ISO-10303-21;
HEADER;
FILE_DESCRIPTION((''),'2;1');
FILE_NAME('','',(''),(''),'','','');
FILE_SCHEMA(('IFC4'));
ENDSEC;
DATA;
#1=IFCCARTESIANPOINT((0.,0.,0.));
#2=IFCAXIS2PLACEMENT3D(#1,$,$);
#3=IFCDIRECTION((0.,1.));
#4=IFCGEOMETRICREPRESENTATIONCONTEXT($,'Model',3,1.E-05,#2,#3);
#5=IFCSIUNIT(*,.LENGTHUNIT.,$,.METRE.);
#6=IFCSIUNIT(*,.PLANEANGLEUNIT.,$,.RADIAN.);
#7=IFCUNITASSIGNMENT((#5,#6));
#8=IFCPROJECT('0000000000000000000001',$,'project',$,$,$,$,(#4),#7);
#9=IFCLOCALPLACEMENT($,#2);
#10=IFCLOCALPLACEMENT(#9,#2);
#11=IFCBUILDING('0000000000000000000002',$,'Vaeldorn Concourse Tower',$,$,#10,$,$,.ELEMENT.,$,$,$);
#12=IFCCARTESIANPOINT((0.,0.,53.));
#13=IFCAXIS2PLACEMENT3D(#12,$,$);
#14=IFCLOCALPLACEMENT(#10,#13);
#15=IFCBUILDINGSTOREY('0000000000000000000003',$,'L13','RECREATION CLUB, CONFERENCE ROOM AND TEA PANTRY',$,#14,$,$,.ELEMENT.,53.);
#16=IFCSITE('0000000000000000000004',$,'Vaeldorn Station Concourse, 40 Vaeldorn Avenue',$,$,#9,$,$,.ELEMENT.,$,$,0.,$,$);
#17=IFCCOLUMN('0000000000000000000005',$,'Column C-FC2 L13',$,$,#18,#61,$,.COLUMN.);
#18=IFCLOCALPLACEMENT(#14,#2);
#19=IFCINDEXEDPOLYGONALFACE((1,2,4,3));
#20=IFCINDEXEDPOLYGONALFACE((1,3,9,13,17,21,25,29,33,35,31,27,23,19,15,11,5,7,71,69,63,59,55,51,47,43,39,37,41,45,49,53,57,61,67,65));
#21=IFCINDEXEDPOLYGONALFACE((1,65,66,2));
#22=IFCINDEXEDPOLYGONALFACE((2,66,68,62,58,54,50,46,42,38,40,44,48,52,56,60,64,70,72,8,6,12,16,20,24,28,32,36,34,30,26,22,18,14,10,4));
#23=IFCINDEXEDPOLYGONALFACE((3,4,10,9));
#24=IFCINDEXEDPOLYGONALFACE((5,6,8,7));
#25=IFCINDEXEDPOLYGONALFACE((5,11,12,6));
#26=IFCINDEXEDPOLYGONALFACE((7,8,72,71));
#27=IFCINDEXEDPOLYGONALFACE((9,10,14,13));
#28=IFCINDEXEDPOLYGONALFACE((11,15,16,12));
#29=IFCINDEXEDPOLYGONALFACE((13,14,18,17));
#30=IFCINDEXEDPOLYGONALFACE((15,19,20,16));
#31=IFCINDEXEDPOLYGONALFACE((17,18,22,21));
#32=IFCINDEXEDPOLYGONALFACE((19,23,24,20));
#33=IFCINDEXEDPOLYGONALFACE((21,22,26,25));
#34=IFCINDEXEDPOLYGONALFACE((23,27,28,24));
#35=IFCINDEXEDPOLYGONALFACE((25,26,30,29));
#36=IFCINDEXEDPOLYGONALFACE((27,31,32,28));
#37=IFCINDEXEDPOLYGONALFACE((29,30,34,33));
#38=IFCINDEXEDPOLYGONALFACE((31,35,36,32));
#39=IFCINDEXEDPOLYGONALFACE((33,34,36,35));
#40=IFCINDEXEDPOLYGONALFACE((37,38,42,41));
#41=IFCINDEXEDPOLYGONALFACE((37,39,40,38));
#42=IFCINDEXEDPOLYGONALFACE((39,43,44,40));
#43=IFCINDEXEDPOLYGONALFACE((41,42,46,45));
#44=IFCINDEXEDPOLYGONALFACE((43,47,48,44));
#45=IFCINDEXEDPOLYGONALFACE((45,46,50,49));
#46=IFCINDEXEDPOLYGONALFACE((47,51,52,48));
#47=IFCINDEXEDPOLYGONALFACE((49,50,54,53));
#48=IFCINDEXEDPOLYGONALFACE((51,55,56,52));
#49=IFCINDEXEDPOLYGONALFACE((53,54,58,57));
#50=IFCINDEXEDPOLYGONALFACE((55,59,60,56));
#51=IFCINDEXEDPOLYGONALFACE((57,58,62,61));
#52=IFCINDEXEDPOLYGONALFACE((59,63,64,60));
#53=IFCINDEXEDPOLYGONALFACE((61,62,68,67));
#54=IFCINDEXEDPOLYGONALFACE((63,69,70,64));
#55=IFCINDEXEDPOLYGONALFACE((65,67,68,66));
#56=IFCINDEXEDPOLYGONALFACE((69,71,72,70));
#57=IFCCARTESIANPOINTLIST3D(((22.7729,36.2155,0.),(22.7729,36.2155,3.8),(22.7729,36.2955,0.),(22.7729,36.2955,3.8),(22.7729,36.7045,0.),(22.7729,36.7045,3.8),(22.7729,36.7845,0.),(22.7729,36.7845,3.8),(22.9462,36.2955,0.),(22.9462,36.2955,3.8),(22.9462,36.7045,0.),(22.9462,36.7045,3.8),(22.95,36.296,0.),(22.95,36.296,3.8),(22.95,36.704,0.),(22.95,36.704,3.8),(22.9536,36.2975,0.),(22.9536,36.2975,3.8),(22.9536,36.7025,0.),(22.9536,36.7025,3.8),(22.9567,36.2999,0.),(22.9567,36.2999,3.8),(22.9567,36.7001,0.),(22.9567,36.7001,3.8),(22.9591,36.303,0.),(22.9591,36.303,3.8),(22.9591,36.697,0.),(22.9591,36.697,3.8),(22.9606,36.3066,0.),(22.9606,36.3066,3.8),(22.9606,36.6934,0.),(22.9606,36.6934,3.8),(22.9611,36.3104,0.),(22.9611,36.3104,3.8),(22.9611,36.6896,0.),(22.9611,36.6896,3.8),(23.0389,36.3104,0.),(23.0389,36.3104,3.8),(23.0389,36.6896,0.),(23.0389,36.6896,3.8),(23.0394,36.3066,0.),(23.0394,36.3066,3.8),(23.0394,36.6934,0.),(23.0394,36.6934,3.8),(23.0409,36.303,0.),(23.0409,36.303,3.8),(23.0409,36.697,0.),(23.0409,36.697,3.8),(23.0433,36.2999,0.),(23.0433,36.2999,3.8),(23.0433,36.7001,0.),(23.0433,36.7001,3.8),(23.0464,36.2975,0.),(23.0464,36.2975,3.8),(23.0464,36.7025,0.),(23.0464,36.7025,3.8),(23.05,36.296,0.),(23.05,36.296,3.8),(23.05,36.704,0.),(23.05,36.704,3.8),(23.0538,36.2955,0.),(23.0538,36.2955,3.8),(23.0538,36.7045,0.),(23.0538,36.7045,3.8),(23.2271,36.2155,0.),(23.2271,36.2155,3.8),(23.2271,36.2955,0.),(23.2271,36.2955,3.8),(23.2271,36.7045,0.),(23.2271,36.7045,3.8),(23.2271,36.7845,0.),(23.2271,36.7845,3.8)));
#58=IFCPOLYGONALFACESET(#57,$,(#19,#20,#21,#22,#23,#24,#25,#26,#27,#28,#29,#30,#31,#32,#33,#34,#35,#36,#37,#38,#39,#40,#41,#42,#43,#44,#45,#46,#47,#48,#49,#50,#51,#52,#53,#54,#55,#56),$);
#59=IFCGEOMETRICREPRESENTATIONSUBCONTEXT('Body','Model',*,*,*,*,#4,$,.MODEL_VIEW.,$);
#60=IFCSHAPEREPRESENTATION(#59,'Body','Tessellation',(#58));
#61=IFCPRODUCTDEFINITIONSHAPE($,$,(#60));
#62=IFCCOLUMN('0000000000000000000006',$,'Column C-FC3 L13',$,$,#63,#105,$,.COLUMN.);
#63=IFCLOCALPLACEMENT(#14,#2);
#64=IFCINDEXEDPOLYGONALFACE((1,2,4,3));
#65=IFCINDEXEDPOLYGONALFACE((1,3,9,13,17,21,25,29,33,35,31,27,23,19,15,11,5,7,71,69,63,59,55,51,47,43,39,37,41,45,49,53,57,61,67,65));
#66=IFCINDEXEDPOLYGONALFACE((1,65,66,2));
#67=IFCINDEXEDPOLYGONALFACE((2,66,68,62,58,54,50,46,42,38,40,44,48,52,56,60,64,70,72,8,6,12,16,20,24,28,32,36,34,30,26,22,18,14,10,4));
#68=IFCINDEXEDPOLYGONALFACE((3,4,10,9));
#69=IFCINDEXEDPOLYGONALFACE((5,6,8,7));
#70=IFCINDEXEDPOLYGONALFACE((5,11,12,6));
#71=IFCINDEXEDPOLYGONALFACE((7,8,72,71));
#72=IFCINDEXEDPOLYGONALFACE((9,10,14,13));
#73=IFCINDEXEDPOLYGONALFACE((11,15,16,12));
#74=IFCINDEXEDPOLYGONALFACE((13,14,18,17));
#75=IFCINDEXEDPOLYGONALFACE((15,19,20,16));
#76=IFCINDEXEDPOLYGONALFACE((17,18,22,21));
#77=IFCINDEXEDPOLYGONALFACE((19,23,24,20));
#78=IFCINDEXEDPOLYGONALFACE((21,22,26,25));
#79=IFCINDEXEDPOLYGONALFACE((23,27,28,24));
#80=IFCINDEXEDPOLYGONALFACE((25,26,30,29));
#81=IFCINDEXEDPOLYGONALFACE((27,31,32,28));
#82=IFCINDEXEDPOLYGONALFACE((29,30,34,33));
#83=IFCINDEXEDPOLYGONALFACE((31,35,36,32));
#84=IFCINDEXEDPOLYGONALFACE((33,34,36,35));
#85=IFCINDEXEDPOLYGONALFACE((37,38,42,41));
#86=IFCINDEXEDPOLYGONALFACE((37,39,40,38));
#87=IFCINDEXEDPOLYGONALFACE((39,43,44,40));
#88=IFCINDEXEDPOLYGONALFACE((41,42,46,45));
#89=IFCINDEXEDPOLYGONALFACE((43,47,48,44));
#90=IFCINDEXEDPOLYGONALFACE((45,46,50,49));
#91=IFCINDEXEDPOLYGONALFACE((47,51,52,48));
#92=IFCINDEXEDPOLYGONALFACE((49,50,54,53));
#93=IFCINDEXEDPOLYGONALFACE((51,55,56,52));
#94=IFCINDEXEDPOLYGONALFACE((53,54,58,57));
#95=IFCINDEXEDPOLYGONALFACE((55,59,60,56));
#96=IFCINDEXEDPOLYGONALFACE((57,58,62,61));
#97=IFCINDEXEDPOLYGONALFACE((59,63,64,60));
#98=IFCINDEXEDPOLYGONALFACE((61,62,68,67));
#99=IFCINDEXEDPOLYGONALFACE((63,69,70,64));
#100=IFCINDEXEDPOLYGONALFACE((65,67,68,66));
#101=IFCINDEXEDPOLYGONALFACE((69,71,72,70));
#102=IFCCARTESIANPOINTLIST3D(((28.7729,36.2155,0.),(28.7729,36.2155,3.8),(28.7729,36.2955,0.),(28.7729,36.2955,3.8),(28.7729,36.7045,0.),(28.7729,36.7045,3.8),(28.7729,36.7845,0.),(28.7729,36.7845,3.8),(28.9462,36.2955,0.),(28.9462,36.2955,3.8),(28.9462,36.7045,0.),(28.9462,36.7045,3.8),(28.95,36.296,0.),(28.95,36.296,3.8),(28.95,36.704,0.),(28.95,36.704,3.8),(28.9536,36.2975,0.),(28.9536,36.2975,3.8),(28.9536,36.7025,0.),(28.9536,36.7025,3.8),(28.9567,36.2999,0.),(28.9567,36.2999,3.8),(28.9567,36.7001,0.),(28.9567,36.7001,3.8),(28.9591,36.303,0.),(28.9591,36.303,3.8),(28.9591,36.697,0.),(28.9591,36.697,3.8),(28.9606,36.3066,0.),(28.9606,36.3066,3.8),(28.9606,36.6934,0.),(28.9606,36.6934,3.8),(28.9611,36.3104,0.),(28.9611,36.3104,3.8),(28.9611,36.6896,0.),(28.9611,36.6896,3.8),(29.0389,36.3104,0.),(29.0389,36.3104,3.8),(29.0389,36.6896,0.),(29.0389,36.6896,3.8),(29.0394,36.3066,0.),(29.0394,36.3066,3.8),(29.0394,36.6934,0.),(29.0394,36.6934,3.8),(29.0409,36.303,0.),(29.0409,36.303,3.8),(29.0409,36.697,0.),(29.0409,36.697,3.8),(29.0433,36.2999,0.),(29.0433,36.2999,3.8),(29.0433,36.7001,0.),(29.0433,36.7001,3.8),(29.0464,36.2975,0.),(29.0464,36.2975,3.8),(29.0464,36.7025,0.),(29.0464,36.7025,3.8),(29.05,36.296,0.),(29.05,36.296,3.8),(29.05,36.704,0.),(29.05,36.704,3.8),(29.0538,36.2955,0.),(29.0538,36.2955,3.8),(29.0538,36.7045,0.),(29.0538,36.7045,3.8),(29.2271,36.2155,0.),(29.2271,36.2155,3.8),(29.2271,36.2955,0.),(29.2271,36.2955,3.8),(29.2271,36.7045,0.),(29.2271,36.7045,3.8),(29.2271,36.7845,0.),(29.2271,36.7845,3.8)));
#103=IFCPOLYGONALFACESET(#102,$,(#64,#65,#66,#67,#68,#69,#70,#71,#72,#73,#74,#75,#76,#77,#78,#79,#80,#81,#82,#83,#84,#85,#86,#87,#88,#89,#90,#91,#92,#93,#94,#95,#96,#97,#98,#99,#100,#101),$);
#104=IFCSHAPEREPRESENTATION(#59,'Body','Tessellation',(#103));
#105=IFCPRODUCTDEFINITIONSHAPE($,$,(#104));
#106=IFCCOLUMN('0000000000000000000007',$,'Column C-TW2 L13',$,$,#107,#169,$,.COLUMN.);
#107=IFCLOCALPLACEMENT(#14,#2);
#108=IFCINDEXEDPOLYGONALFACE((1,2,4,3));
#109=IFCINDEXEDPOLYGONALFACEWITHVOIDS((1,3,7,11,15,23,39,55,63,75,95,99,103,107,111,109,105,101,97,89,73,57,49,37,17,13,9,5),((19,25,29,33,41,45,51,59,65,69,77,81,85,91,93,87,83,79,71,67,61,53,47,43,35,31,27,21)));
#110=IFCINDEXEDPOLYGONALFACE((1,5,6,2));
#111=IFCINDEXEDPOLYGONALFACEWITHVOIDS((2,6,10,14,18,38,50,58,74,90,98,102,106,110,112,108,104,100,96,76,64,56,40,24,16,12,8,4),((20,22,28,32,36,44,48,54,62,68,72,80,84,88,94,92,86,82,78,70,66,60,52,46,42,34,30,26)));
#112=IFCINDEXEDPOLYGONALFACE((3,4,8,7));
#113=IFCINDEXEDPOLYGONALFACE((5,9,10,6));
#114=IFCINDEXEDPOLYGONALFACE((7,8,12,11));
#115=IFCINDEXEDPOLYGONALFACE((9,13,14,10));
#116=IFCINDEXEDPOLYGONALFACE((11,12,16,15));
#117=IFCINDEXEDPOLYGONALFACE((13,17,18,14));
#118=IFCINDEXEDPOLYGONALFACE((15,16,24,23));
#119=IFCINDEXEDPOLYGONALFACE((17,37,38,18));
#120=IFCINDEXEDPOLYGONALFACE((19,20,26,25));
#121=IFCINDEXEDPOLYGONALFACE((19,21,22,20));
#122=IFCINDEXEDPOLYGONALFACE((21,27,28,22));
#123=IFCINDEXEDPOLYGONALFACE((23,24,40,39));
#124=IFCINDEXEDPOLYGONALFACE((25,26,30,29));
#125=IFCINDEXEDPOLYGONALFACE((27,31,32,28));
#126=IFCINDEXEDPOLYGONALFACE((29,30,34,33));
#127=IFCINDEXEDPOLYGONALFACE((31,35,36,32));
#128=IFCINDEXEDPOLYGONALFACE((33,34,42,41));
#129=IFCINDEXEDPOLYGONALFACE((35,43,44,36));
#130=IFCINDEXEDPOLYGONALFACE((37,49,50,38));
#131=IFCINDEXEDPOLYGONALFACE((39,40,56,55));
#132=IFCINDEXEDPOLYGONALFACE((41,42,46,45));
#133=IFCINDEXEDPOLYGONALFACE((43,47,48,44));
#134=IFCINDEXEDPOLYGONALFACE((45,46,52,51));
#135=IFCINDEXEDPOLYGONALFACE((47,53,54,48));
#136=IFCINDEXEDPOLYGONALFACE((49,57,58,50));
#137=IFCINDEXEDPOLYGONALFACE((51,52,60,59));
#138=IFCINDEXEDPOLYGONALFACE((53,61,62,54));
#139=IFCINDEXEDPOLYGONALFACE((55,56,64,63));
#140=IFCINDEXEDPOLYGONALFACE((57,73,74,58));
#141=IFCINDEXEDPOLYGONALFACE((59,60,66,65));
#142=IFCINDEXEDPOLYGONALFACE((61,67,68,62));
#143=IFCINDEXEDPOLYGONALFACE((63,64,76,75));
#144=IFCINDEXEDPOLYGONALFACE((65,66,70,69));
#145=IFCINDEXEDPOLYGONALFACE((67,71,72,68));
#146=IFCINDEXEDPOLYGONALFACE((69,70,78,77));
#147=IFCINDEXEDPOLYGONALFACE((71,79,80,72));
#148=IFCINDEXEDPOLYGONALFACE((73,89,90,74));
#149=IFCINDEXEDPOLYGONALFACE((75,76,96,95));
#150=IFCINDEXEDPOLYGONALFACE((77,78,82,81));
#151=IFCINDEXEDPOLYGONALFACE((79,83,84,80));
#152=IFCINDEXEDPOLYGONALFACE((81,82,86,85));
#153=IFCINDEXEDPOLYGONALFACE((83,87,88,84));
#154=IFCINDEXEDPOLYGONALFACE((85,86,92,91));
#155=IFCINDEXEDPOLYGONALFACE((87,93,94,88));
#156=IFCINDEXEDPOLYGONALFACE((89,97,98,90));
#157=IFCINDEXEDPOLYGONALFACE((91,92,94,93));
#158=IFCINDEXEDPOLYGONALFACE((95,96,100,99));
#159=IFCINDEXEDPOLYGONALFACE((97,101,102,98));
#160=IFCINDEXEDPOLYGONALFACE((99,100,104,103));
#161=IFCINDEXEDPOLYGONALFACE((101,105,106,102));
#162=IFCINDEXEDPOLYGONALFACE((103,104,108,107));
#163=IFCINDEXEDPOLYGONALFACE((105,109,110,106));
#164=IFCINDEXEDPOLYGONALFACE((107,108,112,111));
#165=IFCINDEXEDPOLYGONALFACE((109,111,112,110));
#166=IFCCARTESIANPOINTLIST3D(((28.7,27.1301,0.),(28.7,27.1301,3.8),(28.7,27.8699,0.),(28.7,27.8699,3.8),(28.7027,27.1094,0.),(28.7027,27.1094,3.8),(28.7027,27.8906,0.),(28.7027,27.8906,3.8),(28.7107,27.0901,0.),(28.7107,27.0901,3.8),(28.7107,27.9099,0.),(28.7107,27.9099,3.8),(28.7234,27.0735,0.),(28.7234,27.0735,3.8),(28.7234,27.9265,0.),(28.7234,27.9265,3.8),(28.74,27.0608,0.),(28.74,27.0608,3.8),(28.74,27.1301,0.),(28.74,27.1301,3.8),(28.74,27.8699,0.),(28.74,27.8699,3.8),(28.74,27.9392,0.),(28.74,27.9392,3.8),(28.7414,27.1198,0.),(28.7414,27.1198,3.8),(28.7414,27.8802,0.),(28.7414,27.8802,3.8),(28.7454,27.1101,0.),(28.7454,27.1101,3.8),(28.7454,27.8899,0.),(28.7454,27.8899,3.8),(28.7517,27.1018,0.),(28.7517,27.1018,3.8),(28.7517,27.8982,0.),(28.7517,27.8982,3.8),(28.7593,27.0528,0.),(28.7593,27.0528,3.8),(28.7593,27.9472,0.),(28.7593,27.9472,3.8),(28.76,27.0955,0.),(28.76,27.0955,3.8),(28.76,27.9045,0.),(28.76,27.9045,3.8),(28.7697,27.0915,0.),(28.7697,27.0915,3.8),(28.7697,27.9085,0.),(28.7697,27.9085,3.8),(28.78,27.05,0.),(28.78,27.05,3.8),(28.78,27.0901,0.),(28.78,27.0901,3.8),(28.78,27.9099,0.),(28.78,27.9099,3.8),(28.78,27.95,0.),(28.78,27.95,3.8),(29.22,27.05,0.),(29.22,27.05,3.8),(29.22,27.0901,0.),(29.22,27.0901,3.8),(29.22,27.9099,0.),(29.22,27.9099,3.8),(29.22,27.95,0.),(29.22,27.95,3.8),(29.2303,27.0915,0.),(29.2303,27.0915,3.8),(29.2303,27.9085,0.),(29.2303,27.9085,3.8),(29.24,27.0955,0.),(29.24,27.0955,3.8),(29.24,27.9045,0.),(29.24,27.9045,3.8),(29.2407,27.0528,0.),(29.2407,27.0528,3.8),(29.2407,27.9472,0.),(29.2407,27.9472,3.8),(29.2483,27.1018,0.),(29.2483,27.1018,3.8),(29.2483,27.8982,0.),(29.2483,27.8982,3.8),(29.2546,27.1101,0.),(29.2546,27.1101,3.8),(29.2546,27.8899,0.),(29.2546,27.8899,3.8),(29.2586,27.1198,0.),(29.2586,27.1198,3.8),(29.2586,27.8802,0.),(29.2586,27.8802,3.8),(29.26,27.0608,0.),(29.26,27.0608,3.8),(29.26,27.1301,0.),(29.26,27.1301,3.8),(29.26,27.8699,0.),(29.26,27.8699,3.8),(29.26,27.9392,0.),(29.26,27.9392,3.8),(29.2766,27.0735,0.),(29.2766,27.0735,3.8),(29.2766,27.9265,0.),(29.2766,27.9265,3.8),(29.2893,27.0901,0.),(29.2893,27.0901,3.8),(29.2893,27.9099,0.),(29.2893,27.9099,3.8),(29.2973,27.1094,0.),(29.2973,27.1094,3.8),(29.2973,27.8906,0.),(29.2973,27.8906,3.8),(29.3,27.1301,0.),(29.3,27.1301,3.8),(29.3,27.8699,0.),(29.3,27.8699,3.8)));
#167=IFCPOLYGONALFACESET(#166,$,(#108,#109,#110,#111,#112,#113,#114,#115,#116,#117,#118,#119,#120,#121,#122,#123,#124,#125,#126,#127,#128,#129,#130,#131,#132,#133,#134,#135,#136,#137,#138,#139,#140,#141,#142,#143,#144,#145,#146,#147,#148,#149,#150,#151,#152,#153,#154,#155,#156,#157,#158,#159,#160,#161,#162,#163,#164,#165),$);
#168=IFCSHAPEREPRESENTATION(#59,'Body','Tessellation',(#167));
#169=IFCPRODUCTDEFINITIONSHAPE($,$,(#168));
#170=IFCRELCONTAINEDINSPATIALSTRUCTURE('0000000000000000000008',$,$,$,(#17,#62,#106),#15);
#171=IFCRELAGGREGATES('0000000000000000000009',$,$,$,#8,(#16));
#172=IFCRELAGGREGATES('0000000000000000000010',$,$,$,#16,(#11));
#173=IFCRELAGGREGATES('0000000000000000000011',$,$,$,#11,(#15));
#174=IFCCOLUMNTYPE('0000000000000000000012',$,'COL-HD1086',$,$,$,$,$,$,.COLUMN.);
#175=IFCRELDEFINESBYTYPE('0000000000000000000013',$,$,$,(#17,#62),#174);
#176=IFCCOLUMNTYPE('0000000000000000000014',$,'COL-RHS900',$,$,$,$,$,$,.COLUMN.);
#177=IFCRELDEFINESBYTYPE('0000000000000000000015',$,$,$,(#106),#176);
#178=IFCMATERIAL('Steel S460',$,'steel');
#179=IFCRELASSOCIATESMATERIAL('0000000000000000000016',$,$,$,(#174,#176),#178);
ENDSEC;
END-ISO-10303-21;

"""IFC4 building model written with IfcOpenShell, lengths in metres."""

from ifc_helpers import new_model, si_unit, direction, frame, origin, origin_2d, place, context, subcontext, project, spatial, hollow_rectangle, i_section, extrude, source, transform, mapped, material, material_profile, profile_set, type_object, element, save


model = new_model("IFC4")

# Units and contexts
model_context = context("Model", 3, precision=1e-05, world=origin(), true_north=direction((0.0, 1.0)))
body_context = subcontext(model_context, "Body", "Model", "MODEL_VIEW")
ifc_project = project(units=[si_unit("LENGTHUNIT", "METRE"), si_unit("PLANEANGLEUNIT", "RADIAN")], contexts=[model_context])

# Site, building, storey
site_placement = place(None, origin())
site = spatial("IfcSite", under=ifc_project, at=site_placement, Name="Vaeldorn Station Concourse, 40 Vaeldorn Avenue", CompositionType="ELEMENT", RefElevation=0.0)
building_placement = place(site_placement, origin())
building = spatial("IfcBuilding", under=site, at=building_placement, Name="Vaeldorn Concourse Tower", CompositionType="ELEMENT")
storey_placement = place(building_placement, frame((0.0, 0.0, 53.0)))
storey = spatial("IfcBuildingStorey", under=building, at=storey_placement, Name="L13", Description="RECREATION CLUB, CONFERENCE ROOM AND TEA PANTRY", CompositionType="ELEMENT", Elevation=53.0)

# Columns
ifc_material_1 = material(Name="Steel S460", Category="steel")
ifc_material_profile_1 = material_profile(ifc_material_1, i_section(OverallWidth=0.4541, OverallDepth=0.5691, WebThickness=0.0779, FlangeThickness=0.0801, FilletRadius=0.0149, at=origin_2d()), Name="HD 400x1086")
ifc_profile_set_1 = profile_set([ifc_material_profile_1], Name="Steel S460")
column_type_1 = type_object("IfcColumnType", Name="COL-HD1086", PredefinedType="COLUMN", material=ifc_profile_set_1)
shared_shape_1 = source(origin(), body_context, "Body", "SweptSolid", [
    extrude(i_section(OverallWidth=0.4541, OverallDepth=0.5691, WebThickness=0.0779, FlangeThickness=0.0801, FilletRadius=0.0149, at=origin_2d()), origin(), (0.0, 0.0, 1.0), 3.8),
])
for number, where, z_axis, x_axis, name in (
    (1, (23.0, 36.5, 0.0), (0.0, 0.0, 1.0), (1.0, 0.0, 0.0), "Column C-FC2 L13"),
    (2, (29.0, 36.5, 0.0), (0.0, 0.0, 1.0), (1.0, 0.0, 0.0), "Column C-FC3 L13"),
):
    element("IfcColumn", number, at=place(storey_placement, frame(where, z_axis=z_axis, x_axis=x_axis)), inside=storey, type_object=column_type_1, Name=name, PredefinedType="COLUMN", context=body_context, shape_type="MappedRepresentation", body=[
        mapped(shared_shape_1, transform((0.0, 0.0, 0.0), scale=1.0)),
    ])
ifc_material_profile_2 = material_profile(ifc_material_1, hollow_rectangle(XDim=0.6001, YDim=0.8999, WallThickness=0.04, InnerFilletRadius=0.04, OuterFilletRadius=0.0801, at=origin_2d()), Name="RHS 900x600x40")
ifc_profile_set_2 = profile_set([ifc_material_profile_2], Name="Steel S460")
column_type_2 = type_object("IfcColumnType", Name="COL-RHS900", PredefinedType="COLUMN", material=ifc_profile_set_2)
shared_shape_2 = source(origin(), body_context, "Body", "SweptSolid", [
    extrude(hollow_rectangle(XDim=0.6001, YDim=0.8999, WallThickness=0.04, InnerFilletRadius=0.04, OuterFilletRadius=0.0801, at=origin_2d()), origin(), (0.0, 0.0, 1.0), 3.8),
])
column_placement = place(storey_placement, frame((29.0, 27.5, 0.0), z_axis=(0.0, 0.0, 1.0), x_axis=(1.0, 0.0, 0.0)))
element("IfcColumn", 3, at=column_placement, inside=storey, type_object=column_type_2, Name="Column C-TW2 L13", PredefinedType="COLUMN", context=body_context, shape_type="MappedRepresentation", body=[
    mapped(shared_shape_2, transform((0.0, 0.0, 0.0), scale=1.0)),
])

save(model, "model.ifc")
